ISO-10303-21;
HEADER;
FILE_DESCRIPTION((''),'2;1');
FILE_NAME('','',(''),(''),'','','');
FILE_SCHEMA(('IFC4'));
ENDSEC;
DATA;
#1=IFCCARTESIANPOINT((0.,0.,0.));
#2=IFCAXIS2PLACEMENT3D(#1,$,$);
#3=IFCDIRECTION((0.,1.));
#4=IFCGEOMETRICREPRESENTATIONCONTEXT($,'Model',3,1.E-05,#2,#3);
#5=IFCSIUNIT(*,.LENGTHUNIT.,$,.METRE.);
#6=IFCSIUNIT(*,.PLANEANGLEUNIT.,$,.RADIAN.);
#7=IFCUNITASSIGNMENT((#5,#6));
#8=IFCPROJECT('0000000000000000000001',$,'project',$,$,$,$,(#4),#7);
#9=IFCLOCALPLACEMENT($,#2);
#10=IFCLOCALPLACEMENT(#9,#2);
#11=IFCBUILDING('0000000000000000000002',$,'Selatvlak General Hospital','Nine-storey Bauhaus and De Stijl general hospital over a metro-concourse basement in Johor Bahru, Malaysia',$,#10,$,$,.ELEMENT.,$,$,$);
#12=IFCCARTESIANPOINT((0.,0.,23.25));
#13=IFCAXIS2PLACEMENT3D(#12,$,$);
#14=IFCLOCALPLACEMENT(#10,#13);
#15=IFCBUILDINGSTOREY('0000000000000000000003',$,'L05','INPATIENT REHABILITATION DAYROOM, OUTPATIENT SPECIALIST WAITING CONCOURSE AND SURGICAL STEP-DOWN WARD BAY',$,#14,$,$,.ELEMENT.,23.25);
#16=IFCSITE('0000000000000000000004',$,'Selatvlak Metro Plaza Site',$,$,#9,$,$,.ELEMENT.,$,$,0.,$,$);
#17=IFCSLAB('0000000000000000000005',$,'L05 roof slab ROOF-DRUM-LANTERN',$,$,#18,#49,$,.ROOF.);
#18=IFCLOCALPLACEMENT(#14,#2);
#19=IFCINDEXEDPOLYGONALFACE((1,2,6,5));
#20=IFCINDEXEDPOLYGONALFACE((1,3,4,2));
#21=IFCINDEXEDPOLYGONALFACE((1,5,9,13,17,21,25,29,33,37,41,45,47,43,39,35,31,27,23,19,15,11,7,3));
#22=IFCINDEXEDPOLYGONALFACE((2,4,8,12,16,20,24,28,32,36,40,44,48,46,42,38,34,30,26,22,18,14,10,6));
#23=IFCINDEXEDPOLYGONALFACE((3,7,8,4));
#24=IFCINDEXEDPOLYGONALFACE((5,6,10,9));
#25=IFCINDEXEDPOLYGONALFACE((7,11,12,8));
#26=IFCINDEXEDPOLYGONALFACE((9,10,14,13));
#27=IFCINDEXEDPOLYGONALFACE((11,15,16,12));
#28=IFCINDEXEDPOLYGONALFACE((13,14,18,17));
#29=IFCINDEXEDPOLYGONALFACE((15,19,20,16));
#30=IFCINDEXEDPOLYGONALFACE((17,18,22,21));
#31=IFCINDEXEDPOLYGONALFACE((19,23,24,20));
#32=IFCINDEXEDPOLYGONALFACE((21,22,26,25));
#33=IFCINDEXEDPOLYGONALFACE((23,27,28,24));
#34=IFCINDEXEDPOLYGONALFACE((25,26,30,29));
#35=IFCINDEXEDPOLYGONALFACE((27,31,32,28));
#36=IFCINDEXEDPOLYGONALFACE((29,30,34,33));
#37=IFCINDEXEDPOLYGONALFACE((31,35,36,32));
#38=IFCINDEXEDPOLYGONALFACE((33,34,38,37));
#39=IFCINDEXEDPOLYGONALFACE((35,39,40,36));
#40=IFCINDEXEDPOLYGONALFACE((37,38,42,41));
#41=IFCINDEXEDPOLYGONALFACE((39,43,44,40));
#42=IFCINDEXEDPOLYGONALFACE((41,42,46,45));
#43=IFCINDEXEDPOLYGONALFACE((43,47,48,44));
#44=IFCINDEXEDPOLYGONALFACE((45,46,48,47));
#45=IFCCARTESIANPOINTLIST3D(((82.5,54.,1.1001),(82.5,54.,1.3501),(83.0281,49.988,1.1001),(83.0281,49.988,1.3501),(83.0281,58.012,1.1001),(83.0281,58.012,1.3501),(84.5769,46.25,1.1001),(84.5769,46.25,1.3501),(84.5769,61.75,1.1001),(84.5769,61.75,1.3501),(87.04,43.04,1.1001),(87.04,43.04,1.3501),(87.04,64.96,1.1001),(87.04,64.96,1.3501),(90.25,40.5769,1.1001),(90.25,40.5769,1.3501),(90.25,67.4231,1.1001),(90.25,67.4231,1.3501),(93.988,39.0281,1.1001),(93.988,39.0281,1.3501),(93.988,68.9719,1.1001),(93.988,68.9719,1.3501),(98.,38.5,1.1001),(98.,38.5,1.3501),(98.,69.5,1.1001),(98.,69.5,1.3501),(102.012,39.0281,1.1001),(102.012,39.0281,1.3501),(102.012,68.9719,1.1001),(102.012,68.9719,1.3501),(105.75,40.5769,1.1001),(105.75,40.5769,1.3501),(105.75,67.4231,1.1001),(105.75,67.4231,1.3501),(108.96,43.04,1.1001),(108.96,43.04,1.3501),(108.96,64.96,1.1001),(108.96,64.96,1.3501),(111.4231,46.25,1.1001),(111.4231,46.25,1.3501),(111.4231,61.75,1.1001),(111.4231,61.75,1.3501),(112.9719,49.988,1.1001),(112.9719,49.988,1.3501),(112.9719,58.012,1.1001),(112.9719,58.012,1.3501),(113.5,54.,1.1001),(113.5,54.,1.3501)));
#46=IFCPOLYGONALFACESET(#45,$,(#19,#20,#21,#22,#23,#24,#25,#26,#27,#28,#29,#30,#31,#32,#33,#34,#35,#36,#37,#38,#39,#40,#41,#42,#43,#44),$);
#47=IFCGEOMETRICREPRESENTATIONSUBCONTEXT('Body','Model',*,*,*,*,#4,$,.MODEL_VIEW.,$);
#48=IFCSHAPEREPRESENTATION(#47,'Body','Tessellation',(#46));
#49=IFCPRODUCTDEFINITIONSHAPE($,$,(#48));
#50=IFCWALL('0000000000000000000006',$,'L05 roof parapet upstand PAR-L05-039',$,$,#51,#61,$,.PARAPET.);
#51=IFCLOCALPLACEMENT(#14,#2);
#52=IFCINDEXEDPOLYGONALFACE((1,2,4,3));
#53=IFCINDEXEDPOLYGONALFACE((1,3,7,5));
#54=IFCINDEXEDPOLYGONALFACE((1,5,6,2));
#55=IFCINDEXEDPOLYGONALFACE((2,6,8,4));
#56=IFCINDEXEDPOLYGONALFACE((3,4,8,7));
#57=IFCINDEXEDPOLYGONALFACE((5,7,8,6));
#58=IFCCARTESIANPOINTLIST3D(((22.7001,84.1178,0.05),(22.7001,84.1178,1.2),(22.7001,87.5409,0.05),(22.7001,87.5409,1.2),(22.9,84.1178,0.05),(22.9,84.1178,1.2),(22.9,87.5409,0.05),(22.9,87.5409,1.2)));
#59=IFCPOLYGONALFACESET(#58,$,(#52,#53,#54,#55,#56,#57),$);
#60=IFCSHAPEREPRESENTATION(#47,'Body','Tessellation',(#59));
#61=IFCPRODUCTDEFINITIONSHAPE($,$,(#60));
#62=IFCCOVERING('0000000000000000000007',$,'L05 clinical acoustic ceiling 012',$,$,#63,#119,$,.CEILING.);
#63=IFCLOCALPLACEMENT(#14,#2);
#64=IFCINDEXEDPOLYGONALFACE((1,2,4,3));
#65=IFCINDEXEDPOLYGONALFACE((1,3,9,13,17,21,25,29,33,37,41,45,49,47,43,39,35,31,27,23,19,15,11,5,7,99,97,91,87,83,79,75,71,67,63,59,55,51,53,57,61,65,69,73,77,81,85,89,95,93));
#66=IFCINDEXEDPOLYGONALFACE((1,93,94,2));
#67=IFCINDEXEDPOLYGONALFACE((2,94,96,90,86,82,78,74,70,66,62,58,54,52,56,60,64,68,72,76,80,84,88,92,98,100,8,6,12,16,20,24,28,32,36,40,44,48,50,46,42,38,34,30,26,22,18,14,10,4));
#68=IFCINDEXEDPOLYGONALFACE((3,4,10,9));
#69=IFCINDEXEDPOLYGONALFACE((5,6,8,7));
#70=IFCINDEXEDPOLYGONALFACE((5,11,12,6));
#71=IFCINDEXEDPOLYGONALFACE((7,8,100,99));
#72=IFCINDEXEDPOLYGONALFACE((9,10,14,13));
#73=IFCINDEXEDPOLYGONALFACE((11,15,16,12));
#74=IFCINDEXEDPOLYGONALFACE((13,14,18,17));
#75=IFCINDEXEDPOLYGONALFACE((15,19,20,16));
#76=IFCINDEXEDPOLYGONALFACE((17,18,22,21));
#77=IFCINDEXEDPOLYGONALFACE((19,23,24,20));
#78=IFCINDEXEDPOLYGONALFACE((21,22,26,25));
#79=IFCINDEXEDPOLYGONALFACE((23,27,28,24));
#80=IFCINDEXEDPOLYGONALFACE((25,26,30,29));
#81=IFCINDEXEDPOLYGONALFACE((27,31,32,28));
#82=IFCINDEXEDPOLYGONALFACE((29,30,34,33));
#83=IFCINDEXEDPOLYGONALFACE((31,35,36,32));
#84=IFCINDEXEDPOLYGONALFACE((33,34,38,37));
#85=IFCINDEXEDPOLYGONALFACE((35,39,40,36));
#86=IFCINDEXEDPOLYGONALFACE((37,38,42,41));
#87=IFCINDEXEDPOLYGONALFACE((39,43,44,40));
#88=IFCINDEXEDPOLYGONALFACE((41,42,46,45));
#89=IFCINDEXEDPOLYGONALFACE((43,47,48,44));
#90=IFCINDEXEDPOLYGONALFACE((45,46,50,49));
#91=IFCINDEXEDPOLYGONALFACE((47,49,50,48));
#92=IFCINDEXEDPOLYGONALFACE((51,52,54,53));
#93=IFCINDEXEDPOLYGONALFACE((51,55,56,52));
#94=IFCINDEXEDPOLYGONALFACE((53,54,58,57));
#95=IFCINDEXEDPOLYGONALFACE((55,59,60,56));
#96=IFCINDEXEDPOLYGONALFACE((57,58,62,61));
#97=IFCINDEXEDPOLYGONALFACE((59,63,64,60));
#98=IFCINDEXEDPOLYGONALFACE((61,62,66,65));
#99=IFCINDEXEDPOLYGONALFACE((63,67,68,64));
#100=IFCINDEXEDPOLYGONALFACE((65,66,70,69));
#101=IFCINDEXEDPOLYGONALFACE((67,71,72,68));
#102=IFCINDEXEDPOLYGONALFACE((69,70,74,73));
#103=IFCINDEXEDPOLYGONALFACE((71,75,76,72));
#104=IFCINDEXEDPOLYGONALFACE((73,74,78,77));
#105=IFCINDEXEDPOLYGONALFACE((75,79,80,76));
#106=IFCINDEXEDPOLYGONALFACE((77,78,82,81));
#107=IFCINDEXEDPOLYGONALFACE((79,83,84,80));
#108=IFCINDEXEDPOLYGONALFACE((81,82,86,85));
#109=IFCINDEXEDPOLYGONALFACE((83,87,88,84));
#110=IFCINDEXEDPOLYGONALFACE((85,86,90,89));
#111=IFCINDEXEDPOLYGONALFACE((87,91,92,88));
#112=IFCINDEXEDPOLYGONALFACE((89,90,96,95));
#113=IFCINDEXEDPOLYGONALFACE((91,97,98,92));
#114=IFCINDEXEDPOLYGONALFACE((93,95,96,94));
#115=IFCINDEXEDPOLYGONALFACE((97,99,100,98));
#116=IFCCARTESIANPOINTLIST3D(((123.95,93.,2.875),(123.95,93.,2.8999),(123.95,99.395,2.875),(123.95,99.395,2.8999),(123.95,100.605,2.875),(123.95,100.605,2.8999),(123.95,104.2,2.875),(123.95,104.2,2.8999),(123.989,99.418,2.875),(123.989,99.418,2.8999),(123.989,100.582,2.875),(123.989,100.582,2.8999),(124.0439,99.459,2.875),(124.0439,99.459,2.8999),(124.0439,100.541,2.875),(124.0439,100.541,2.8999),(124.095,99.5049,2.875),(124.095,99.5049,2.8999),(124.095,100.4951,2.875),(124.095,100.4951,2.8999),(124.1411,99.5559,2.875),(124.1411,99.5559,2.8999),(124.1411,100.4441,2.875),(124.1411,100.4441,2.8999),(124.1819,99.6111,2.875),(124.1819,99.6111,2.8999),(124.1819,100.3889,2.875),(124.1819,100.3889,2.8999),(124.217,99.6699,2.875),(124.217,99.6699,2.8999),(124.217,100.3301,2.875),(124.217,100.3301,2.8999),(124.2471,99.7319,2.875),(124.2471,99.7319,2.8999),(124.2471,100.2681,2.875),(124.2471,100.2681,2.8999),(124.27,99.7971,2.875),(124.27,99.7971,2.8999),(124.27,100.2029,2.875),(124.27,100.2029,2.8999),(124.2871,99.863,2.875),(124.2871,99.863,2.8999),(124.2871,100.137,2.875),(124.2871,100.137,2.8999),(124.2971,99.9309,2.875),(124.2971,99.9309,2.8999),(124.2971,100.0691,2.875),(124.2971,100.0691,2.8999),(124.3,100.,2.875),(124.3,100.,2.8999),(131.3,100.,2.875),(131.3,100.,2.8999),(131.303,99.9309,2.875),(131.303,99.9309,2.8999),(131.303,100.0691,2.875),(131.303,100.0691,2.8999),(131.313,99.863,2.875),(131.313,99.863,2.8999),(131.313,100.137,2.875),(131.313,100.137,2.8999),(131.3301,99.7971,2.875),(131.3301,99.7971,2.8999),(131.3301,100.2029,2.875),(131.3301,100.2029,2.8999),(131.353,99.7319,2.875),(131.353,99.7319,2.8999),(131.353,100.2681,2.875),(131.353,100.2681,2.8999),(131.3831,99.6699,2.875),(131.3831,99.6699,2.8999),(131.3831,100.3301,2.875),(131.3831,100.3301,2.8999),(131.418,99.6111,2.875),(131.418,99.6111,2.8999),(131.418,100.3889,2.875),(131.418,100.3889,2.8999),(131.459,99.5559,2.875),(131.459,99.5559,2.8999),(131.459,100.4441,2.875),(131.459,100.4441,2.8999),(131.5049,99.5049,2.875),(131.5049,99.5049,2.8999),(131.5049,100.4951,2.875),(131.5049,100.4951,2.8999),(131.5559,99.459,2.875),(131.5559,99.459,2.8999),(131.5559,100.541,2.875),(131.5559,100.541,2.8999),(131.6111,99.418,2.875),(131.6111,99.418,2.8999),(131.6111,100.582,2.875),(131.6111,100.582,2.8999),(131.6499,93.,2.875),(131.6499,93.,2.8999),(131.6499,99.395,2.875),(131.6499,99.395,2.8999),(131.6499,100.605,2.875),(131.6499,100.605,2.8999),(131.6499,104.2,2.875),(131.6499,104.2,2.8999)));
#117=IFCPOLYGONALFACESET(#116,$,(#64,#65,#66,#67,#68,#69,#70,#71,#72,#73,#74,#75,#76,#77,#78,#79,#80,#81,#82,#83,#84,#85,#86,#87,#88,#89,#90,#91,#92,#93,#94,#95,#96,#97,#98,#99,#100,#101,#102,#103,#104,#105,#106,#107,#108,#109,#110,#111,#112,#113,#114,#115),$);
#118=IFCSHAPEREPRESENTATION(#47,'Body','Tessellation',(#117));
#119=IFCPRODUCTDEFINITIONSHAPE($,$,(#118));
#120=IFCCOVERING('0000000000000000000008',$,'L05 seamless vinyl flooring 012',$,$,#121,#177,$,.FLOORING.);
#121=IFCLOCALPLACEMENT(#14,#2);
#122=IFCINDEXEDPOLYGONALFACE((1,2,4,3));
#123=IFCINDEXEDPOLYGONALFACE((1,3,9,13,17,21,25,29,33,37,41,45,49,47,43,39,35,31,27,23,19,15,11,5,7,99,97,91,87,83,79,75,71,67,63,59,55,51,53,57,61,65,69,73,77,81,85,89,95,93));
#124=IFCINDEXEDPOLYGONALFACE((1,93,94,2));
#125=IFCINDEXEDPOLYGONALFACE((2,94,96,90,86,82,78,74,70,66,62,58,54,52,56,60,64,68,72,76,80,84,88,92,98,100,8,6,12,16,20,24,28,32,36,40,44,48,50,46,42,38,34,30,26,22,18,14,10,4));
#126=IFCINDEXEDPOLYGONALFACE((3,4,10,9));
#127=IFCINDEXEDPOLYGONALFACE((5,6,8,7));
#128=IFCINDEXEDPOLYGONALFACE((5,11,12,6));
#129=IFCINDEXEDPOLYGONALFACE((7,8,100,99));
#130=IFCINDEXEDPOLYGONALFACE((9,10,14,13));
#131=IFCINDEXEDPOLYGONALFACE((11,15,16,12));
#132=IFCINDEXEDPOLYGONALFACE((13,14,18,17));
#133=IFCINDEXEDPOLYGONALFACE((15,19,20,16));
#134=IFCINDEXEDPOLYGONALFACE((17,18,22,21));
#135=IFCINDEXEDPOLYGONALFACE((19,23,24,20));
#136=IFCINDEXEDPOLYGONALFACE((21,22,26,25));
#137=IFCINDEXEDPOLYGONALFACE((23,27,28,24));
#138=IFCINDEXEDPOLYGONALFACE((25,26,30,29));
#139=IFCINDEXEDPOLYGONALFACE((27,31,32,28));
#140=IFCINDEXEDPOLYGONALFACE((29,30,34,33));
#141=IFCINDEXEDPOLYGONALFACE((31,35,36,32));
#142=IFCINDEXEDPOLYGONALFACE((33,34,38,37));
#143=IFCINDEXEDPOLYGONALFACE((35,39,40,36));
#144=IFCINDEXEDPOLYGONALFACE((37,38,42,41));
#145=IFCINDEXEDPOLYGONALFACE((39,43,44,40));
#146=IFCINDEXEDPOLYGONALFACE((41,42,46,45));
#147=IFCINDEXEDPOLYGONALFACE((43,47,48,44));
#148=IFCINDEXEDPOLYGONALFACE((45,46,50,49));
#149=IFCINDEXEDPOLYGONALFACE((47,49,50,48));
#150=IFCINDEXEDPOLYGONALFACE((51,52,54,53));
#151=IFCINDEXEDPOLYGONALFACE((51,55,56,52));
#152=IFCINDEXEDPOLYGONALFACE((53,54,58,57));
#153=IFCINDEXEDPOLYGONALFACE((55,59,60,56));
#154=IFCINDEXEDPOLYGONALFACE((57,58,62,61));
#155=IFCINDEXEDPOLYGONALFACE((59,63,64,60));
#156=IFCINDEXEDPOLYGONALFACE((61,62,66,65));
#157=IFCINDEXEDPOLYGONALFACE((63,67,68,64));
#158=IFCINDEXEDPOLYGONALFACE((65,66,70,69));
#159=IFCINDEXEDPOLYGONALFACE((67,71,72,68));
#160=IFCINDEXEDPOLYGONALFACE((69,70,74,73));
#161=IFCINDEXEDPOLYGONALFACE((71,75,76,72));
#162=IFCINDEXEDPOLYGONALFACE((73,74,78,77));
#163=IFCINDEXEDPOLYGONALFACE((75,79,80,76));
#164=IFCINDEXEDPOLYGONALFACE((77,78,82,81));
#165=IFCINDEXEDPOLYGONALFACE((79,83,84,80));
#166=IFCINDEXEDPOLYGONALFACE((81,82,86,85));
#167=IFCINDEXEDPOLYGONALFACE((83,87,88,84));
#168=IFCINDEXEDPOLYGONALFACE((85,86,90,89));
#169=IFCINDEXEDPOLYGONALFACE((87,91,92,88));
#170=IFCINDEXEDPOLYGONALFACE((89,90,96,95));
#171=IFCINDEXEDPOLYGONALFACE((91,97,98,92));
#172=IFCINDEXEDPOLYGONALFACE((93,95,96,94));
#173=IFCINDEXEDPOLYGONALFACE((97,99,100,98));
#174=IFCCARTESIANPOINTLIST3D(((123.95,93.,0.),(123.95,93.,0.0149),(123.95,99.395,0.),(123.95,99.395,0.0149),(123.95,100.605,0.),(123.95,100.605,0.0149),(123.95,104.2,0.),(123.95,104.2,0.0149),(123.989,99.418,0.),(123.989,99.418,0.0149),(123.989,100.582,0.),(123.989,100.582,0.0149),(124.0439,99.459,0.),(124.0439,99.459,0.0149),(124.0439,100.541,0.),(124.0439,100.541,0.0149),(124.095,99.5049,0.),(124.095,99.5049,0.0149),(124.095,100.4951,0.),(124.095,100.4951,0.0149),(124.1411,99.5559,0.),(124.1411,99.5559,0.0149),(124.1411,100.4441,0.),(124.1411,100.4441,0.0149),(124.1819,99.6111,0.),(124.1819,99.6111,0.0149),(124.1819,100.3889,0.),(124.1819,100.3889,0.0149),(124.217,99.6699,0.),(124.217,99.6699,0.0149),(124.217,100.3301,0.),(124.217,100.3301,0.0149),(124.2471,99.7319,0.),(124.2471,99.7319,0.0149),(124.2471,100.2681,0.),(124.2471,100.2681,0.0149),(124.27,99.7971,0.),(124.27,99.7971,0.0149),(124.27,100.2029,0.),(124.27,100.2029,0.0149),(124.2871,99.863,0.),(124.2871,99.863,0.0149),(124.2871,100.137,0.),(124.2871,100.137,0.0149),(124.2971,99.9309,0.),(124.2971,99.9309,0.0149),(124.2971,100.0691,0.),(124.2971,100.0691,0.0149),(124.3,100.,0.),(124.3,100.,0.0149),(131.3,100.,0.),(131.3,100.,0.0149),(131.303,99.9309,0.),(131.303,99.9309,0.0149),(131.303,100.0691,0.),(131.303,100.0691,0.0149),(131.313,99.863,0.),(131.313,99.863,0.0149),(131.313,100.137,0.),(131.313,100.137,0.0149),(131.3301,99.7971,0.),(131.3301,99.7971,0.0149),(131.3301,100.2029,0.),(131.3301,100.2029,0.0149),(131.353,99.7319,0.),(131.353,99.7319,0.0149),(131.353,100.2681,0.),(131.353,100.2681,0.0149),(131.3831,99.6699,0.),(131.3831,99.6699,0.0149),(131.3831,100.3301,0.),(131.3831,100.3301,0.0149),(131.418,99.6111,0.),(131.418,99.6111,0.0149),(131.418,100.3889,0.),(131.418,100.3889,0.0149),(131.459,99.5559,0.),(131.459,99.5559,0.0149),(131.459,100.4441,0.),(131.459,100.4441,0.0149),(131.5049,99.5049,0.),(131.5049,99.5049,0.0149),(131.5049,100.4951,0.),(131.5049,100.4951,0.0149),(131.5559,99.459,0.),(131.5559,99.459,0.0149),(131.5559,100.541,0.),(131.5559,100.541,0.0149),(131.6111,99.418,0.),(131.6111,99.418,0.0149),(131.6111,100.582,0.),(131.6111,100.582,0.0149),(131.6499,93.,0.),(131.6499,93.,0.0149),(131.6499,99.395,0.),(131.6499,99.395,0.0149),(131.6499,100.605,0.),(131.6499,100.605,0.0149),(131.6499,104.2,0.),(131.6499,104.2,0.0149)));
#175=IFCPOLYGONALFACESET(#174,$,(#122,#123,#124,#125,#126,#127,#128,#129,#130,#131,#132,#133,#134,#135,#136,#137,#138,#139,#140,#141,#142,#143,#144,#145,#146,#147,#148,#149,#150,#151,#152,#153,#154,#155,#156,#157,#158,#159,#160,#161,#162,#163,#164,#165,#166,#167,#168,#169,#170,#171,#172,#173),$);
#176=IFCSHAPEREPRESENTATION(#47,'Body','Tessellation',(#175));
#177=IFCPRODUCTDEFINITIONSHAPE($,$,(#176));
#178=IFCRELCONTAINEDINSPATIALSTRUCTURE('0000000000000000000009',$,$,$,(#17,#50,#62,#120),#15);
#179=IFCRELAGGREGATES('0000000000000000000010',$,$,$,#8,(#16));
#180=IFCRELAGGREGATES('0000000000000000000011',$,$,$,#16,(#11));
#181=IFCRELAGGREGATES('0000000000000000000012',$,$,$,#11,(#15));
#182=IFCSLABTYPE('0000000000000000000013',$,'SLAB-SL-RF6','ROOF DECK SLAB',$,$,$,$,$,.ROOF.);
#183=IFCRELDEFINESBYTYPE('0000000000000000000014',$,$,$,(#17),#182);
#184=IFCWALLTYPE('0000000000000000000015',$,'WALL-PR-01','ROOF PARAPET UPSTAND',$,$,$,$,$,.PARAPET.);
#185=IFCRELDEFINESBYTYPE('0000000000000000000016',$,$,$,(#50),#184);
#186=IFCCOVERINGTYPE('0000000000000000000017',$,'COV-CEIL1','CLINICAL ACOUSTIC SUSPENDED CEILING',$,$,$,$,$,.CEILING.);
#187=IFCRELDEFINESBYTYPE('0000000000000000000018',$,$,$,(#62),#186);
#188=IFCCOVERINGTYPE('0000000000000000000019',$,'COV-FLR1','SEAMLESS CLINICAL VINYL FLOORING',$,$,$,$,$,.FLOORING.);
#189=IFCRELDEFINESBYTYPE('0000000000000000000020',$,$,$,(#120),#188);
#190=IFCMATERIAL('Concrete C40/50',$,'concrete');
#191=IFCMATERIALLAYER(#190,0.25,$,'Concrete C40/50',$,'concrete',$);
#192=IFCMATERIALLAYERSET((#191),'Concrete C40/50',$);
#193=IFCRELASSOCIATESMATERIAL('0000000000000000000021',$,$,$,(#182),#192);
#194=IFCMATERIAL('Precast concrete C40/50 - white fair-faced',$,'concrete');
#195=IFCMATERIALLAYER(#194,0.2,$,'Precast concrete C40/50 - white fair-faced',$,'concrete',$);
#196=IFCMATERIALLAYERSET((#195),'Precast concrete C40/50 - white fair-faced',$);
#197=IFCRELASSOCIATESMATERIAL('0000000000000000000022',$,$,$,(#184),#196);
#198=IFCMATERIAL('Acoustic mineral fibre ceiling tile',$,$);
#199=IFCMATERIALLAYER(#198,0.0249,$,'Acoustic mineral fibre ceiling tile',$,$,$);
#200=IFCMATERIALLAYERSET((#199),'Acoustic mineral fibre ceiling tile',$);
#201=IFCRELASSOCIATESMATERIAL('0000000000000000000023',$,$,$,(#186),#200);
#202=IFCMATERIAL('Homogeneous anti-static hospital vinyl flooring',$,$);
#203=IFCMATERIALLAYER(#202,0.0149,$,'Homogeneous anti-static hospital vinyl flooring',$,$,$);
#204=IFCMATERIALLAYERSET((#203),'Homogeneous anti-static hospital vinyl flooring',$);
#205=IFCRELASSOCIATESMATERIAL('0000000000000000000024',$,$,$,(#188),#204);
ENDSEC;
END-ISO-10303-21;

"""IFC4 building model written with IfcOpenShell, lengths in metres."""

from ifc_helpers import new_model, si_unit, direction, frame, frame_2d, origin, place, context, subcontext, project, spatial, polyline, rectangle, outline, extrude, material, layer, layer_set, type_object, element, save


model = new_model("IFC4")

# Units and contexts
model_context = context("Model", 3, precision=1e-05, world=origin(), true_north=direction((0.0, 1.0)))
body_context = subcontext(model_context, "Body", "Model", "MODEL_VIEW")
ifc_project = project(units=[si_unit("LENGTHUNIT", "METRE"), si_unit("PLANEANGLEUNIT", "RADIAN")], contexts=[model_context])

# Site, building, storey
site_placement = place(None, origin())
site = spatial("IfcSite", under=ifc_project, at=site_placement, Name="Selatvlak Metro Plaza Site", CompositionType="ELEMENT", RefElevation=0.0)
building_placement = place(site_placement, origin())
building = spatial("IfcBuilding", under=site, at=building_placement, Name="Selatvlak General Hospital", Description="Nine-storey Bauhaus and De Stijl general hospital over a metro-concourse basement in Johor Bahru, Malaysia", CompositionType="ELEMENT")
storey_placement = place(building_placement, frame((0.0, 0.0, 23.25)))
storey = spatial("IfcBuildingStorey", under=building, at=storey_placement, Name="L05", Description="INPATIENT REHABILITATION DAYROOM, OUTPATIENT SPECIALIST WAITING CONCOURSE AND SURGICAL STEP-DOWN WARD BAY", CompositionType="ELEMENT", Elevation=23.25)

# Shared definitions
ifc_material_1 = material(Name="Concrete C40/50", Category="concrete")

# Slab
ifc_layer_1 = layer(ifc_material_1, 0.25, Name="Concrete C40/50", Category="concrete")
ifc_layer_set_1 = layer_set([ifc_layer_1], Name="Concrete C40/50")
slab_type_1 = type_object("IfcSlabType", Name="SLAB-SL-RF6", Description="ROOF DECK SLAB", PredefinedType="ROOF", material=ifc_layer_set_1)
slab_1_placement = place(storey_placement, frame((0.0, 0.0, 1.1001)))
element("IfcSlab", 1, at=slab_1_placement, inside=storey, type_object=slab_type_1, Name="L05 roof slab ROOF-DRUM-LANTERN", PredefinedType="ROOF", context=body_context, shape_type="SweptSolid", body=[
    extrude(outline(polyline([(113.5, 54.0), (112.9719, 58.012), (111.4231, 61.75), (108.96, 64.96), (105.75, 67.4231), (102.012, 68.9719), (98.0, 69.5), (93.988, 68.9719), (90.25, 67.4231), (87.04, 64.96), (84.5769, 61.75), (83.0281, 58.012), (82.5, 54.0), (83.0281, 49.988), (84.5769, 46.25), (87.04, 43.04), (90.25, 40.5769), (93.988, 39.0281), (98.0, 38.5), (102.012, 39.0281), (105.75, 40.5769), (108.96, 43.04), (111.4231, 46.25), (112.9719, 49.988), (113.5, 54.0)])), origin(), (0.0, 0.0, 1.0), 0.25),
])

# Wall
ifc_material_2 = material(Name="Precast concrete C40/50 - white fair-faced", Category="concrete")
ifc_layer_2 = layer(ifc_material_2, 0.2, Name="Precast concrete C40/50 - white fair-faced", Category="concrete")
ifc_layer_set_2 = layer_set([ifc_layer_2], Name="Precast concrete C40/50 - white fair-faced")
wall_type = type_object("IfcWallType", Name="WALL-PR-01", Description="ROOF PARAPET UPSTAND", PredefinedType="PARAPET", material=ifc_layer_set_2)
wall_placement = place(storey_placement, frame((22.8, 84.1179, 0.05), z_axis=(0.0, 0.0, 1.0), x_axis=(0.0, 1.0, 0.0)))
element("IfcWall", 2, at=wall_placement, inside=storey, type_object=wall_type, Name="L05 roof parapet upstand PAR-L05-039", PredefinedType="PARAPET", context=body_context, shape_type="SweptSolid", body=[
    extrude(rectangle(XDim=3.4231, YDim=0.2, at=frame_2d((1.7114, 0.0))), origin(), (0.0, 0.0, 1.0), 1.1499),
])

# Coverings
ifc_material_3 = material(Name="Acoustic mineral fibre ceiling tile")
ifc_layer_3 = layer(ifc_material_3, 0.0249, Name="Acoustic mineral fibre ceiling tile")
ifc_layer_set_3 = layer_set([ifc_layer_3], Name="Acoustic mineral fibre ceiling tile")
covering_type_1 = type_object("IfcCoveringType", Name="COV-CEIL1", Description="CLINICAL ACOUSTIC SUSPENDED CEILING", PredefinedType="CEILING", material=ifc_layer_set_3)
covering_1_placement = place(storey_placement, frame((0.0, 0.0, 2.875)))
element("IfcCovering", 3, at=covering_1_placement, inside=storey, type_object=covering_type_1, Name="L05 clinical acoustic ceiling 012", PredefinedType="CEILING", context=body_context, shape_type="SweptSolid", body=[
    extrude(outline(polyline([(131.6499, 104.2), (131.6499, 100.605), (131.6111, 100.582), (131.5559, 100.541), (131.5049, 100.4951), (131.459, 100.4441), (131.418, 100.3889), (131.3831, 100.3301), (131.353, 100.2681), (131.3301, 100.2029), (131.313, 100.137), (131.303, 100.0691), (131.3, 100.0), (131.303, 99.9309), (131.313, 99.863), (131.3301, 99.7971), (131.353, 99.7319), (131.3831, 99.6699), (131.418, 99.6111), (131.459, 99.5559), (131.5049, 99.5049), (131.5559, 99.459), (131.6111, 99.418), (131.6499, 99.395), (131.6499, 93.0), (123.95, 93.0), (123.95, 99.395), (123.989, 99.418), (124.0439, 99.459), (124.095, 99.5049), (124.1411, 99.5559), (124.1819, 99.6111), (124.217, 99.6699), (124.2471, 99.7319), (124.27, 99.7971), (124.2871, 99.863), (124.2971, 99.9309), (124.3, 100.0), (124.2971, 100.0691), (124.2871, 100.137), (124.27, 100.2029), (124.2471, 100.2681), (124.217, 100.3301), (124.1819, 100.3889), (124.1411, 100.4441), (124.095, 100.4951), (124.0439, 100.541), (123.989, 100.582), (123.95, 100.605), (123.95, 104.2), (131.6499, 104.2)])), origin(), (0.0, 0.0, 1.0), 0.0249),
])
ifc_material_4 = material(Name="Homogeneous anti-static hospital vinyl flooring")
ifc_layer_4 = layer(ifc_material_4, 0.0149, Name="Homogeneous anti-static hospital vinyl flooring")
ifc_layer_set_4 = layer_set([ifc_layer_4], Name="Homogeneous anti-static hospital vinyl flooring")
covering_type_2 = type_object("IfcCoveringType", Name="COV-FLR1", Description="SEAMLESS CLINICAL VINYL FLOORING", PredefinedType="FLOORING", material=ifc_layer_set_4)
covering_2_placement = place(storey_placement, origin())
element("IfcCovering", 4, at=covering_2_placement, inside=storey, type_object=covering_type_2, Name="L05 seamless vinyl flooring 012", PredefinedType="FLOORING", context=body_context, shape_type="SweptSolid", body=[
    extrude(outline(polyline([(131.6499, 104.2), (131.6499, 100.605), (131.6111, 100.582), (131.5559, 100.541), (131.5049, 100.4951), (131.459, 100.4441), (131.418, 100.3889), (131.3831, 100.3301), (131.353, 100.2681), (131.3301, 100.2029), (131.313, 100.137), (131.303, 100.0691), (131.3, 100.0), (131.303, 99.9309), (131.313, 99.863), (131.3301, 99.7971), (131.353, 99.7319), (131.3831, 99.6699), (131.418, 99.6111), (131.459, 99.5559), (131.5049, 99.5049), (131.5559, 99.459), (131.6111, 99.418), (131.6499, 99.395), (131.6499, 93.0), (123.95, 93.0), (123.95, 99.395), (123.989, 99.418), (124.0439, 99.459), (124.095, 99.5049), (124.1411, 99.5559), (124.1819, 99.6111), (124.217, 99.6699), (124.2471, 99.7319), (124.27, 99.7971), (124.2871, 99.863), (124.2971, 99.9309), (124.3, 100.0), (124.2971, 100.0691), (124.2871, 100.137), (124.27, 100.2029), (124.2471, 100.2681), (124.217, 100.3301), (124.1819, 100.3889), (124.1411, 100.4441), (124.095, 100.4951), (124.0439, 100.541), (123.989, 100.582), (123.95, 100.605), (123.95, 104.2), (131.6499, 104.2)])), origin(), (0.0, 0.0, 1.0), 0.0149),
])

save(model, "model.ifc")
